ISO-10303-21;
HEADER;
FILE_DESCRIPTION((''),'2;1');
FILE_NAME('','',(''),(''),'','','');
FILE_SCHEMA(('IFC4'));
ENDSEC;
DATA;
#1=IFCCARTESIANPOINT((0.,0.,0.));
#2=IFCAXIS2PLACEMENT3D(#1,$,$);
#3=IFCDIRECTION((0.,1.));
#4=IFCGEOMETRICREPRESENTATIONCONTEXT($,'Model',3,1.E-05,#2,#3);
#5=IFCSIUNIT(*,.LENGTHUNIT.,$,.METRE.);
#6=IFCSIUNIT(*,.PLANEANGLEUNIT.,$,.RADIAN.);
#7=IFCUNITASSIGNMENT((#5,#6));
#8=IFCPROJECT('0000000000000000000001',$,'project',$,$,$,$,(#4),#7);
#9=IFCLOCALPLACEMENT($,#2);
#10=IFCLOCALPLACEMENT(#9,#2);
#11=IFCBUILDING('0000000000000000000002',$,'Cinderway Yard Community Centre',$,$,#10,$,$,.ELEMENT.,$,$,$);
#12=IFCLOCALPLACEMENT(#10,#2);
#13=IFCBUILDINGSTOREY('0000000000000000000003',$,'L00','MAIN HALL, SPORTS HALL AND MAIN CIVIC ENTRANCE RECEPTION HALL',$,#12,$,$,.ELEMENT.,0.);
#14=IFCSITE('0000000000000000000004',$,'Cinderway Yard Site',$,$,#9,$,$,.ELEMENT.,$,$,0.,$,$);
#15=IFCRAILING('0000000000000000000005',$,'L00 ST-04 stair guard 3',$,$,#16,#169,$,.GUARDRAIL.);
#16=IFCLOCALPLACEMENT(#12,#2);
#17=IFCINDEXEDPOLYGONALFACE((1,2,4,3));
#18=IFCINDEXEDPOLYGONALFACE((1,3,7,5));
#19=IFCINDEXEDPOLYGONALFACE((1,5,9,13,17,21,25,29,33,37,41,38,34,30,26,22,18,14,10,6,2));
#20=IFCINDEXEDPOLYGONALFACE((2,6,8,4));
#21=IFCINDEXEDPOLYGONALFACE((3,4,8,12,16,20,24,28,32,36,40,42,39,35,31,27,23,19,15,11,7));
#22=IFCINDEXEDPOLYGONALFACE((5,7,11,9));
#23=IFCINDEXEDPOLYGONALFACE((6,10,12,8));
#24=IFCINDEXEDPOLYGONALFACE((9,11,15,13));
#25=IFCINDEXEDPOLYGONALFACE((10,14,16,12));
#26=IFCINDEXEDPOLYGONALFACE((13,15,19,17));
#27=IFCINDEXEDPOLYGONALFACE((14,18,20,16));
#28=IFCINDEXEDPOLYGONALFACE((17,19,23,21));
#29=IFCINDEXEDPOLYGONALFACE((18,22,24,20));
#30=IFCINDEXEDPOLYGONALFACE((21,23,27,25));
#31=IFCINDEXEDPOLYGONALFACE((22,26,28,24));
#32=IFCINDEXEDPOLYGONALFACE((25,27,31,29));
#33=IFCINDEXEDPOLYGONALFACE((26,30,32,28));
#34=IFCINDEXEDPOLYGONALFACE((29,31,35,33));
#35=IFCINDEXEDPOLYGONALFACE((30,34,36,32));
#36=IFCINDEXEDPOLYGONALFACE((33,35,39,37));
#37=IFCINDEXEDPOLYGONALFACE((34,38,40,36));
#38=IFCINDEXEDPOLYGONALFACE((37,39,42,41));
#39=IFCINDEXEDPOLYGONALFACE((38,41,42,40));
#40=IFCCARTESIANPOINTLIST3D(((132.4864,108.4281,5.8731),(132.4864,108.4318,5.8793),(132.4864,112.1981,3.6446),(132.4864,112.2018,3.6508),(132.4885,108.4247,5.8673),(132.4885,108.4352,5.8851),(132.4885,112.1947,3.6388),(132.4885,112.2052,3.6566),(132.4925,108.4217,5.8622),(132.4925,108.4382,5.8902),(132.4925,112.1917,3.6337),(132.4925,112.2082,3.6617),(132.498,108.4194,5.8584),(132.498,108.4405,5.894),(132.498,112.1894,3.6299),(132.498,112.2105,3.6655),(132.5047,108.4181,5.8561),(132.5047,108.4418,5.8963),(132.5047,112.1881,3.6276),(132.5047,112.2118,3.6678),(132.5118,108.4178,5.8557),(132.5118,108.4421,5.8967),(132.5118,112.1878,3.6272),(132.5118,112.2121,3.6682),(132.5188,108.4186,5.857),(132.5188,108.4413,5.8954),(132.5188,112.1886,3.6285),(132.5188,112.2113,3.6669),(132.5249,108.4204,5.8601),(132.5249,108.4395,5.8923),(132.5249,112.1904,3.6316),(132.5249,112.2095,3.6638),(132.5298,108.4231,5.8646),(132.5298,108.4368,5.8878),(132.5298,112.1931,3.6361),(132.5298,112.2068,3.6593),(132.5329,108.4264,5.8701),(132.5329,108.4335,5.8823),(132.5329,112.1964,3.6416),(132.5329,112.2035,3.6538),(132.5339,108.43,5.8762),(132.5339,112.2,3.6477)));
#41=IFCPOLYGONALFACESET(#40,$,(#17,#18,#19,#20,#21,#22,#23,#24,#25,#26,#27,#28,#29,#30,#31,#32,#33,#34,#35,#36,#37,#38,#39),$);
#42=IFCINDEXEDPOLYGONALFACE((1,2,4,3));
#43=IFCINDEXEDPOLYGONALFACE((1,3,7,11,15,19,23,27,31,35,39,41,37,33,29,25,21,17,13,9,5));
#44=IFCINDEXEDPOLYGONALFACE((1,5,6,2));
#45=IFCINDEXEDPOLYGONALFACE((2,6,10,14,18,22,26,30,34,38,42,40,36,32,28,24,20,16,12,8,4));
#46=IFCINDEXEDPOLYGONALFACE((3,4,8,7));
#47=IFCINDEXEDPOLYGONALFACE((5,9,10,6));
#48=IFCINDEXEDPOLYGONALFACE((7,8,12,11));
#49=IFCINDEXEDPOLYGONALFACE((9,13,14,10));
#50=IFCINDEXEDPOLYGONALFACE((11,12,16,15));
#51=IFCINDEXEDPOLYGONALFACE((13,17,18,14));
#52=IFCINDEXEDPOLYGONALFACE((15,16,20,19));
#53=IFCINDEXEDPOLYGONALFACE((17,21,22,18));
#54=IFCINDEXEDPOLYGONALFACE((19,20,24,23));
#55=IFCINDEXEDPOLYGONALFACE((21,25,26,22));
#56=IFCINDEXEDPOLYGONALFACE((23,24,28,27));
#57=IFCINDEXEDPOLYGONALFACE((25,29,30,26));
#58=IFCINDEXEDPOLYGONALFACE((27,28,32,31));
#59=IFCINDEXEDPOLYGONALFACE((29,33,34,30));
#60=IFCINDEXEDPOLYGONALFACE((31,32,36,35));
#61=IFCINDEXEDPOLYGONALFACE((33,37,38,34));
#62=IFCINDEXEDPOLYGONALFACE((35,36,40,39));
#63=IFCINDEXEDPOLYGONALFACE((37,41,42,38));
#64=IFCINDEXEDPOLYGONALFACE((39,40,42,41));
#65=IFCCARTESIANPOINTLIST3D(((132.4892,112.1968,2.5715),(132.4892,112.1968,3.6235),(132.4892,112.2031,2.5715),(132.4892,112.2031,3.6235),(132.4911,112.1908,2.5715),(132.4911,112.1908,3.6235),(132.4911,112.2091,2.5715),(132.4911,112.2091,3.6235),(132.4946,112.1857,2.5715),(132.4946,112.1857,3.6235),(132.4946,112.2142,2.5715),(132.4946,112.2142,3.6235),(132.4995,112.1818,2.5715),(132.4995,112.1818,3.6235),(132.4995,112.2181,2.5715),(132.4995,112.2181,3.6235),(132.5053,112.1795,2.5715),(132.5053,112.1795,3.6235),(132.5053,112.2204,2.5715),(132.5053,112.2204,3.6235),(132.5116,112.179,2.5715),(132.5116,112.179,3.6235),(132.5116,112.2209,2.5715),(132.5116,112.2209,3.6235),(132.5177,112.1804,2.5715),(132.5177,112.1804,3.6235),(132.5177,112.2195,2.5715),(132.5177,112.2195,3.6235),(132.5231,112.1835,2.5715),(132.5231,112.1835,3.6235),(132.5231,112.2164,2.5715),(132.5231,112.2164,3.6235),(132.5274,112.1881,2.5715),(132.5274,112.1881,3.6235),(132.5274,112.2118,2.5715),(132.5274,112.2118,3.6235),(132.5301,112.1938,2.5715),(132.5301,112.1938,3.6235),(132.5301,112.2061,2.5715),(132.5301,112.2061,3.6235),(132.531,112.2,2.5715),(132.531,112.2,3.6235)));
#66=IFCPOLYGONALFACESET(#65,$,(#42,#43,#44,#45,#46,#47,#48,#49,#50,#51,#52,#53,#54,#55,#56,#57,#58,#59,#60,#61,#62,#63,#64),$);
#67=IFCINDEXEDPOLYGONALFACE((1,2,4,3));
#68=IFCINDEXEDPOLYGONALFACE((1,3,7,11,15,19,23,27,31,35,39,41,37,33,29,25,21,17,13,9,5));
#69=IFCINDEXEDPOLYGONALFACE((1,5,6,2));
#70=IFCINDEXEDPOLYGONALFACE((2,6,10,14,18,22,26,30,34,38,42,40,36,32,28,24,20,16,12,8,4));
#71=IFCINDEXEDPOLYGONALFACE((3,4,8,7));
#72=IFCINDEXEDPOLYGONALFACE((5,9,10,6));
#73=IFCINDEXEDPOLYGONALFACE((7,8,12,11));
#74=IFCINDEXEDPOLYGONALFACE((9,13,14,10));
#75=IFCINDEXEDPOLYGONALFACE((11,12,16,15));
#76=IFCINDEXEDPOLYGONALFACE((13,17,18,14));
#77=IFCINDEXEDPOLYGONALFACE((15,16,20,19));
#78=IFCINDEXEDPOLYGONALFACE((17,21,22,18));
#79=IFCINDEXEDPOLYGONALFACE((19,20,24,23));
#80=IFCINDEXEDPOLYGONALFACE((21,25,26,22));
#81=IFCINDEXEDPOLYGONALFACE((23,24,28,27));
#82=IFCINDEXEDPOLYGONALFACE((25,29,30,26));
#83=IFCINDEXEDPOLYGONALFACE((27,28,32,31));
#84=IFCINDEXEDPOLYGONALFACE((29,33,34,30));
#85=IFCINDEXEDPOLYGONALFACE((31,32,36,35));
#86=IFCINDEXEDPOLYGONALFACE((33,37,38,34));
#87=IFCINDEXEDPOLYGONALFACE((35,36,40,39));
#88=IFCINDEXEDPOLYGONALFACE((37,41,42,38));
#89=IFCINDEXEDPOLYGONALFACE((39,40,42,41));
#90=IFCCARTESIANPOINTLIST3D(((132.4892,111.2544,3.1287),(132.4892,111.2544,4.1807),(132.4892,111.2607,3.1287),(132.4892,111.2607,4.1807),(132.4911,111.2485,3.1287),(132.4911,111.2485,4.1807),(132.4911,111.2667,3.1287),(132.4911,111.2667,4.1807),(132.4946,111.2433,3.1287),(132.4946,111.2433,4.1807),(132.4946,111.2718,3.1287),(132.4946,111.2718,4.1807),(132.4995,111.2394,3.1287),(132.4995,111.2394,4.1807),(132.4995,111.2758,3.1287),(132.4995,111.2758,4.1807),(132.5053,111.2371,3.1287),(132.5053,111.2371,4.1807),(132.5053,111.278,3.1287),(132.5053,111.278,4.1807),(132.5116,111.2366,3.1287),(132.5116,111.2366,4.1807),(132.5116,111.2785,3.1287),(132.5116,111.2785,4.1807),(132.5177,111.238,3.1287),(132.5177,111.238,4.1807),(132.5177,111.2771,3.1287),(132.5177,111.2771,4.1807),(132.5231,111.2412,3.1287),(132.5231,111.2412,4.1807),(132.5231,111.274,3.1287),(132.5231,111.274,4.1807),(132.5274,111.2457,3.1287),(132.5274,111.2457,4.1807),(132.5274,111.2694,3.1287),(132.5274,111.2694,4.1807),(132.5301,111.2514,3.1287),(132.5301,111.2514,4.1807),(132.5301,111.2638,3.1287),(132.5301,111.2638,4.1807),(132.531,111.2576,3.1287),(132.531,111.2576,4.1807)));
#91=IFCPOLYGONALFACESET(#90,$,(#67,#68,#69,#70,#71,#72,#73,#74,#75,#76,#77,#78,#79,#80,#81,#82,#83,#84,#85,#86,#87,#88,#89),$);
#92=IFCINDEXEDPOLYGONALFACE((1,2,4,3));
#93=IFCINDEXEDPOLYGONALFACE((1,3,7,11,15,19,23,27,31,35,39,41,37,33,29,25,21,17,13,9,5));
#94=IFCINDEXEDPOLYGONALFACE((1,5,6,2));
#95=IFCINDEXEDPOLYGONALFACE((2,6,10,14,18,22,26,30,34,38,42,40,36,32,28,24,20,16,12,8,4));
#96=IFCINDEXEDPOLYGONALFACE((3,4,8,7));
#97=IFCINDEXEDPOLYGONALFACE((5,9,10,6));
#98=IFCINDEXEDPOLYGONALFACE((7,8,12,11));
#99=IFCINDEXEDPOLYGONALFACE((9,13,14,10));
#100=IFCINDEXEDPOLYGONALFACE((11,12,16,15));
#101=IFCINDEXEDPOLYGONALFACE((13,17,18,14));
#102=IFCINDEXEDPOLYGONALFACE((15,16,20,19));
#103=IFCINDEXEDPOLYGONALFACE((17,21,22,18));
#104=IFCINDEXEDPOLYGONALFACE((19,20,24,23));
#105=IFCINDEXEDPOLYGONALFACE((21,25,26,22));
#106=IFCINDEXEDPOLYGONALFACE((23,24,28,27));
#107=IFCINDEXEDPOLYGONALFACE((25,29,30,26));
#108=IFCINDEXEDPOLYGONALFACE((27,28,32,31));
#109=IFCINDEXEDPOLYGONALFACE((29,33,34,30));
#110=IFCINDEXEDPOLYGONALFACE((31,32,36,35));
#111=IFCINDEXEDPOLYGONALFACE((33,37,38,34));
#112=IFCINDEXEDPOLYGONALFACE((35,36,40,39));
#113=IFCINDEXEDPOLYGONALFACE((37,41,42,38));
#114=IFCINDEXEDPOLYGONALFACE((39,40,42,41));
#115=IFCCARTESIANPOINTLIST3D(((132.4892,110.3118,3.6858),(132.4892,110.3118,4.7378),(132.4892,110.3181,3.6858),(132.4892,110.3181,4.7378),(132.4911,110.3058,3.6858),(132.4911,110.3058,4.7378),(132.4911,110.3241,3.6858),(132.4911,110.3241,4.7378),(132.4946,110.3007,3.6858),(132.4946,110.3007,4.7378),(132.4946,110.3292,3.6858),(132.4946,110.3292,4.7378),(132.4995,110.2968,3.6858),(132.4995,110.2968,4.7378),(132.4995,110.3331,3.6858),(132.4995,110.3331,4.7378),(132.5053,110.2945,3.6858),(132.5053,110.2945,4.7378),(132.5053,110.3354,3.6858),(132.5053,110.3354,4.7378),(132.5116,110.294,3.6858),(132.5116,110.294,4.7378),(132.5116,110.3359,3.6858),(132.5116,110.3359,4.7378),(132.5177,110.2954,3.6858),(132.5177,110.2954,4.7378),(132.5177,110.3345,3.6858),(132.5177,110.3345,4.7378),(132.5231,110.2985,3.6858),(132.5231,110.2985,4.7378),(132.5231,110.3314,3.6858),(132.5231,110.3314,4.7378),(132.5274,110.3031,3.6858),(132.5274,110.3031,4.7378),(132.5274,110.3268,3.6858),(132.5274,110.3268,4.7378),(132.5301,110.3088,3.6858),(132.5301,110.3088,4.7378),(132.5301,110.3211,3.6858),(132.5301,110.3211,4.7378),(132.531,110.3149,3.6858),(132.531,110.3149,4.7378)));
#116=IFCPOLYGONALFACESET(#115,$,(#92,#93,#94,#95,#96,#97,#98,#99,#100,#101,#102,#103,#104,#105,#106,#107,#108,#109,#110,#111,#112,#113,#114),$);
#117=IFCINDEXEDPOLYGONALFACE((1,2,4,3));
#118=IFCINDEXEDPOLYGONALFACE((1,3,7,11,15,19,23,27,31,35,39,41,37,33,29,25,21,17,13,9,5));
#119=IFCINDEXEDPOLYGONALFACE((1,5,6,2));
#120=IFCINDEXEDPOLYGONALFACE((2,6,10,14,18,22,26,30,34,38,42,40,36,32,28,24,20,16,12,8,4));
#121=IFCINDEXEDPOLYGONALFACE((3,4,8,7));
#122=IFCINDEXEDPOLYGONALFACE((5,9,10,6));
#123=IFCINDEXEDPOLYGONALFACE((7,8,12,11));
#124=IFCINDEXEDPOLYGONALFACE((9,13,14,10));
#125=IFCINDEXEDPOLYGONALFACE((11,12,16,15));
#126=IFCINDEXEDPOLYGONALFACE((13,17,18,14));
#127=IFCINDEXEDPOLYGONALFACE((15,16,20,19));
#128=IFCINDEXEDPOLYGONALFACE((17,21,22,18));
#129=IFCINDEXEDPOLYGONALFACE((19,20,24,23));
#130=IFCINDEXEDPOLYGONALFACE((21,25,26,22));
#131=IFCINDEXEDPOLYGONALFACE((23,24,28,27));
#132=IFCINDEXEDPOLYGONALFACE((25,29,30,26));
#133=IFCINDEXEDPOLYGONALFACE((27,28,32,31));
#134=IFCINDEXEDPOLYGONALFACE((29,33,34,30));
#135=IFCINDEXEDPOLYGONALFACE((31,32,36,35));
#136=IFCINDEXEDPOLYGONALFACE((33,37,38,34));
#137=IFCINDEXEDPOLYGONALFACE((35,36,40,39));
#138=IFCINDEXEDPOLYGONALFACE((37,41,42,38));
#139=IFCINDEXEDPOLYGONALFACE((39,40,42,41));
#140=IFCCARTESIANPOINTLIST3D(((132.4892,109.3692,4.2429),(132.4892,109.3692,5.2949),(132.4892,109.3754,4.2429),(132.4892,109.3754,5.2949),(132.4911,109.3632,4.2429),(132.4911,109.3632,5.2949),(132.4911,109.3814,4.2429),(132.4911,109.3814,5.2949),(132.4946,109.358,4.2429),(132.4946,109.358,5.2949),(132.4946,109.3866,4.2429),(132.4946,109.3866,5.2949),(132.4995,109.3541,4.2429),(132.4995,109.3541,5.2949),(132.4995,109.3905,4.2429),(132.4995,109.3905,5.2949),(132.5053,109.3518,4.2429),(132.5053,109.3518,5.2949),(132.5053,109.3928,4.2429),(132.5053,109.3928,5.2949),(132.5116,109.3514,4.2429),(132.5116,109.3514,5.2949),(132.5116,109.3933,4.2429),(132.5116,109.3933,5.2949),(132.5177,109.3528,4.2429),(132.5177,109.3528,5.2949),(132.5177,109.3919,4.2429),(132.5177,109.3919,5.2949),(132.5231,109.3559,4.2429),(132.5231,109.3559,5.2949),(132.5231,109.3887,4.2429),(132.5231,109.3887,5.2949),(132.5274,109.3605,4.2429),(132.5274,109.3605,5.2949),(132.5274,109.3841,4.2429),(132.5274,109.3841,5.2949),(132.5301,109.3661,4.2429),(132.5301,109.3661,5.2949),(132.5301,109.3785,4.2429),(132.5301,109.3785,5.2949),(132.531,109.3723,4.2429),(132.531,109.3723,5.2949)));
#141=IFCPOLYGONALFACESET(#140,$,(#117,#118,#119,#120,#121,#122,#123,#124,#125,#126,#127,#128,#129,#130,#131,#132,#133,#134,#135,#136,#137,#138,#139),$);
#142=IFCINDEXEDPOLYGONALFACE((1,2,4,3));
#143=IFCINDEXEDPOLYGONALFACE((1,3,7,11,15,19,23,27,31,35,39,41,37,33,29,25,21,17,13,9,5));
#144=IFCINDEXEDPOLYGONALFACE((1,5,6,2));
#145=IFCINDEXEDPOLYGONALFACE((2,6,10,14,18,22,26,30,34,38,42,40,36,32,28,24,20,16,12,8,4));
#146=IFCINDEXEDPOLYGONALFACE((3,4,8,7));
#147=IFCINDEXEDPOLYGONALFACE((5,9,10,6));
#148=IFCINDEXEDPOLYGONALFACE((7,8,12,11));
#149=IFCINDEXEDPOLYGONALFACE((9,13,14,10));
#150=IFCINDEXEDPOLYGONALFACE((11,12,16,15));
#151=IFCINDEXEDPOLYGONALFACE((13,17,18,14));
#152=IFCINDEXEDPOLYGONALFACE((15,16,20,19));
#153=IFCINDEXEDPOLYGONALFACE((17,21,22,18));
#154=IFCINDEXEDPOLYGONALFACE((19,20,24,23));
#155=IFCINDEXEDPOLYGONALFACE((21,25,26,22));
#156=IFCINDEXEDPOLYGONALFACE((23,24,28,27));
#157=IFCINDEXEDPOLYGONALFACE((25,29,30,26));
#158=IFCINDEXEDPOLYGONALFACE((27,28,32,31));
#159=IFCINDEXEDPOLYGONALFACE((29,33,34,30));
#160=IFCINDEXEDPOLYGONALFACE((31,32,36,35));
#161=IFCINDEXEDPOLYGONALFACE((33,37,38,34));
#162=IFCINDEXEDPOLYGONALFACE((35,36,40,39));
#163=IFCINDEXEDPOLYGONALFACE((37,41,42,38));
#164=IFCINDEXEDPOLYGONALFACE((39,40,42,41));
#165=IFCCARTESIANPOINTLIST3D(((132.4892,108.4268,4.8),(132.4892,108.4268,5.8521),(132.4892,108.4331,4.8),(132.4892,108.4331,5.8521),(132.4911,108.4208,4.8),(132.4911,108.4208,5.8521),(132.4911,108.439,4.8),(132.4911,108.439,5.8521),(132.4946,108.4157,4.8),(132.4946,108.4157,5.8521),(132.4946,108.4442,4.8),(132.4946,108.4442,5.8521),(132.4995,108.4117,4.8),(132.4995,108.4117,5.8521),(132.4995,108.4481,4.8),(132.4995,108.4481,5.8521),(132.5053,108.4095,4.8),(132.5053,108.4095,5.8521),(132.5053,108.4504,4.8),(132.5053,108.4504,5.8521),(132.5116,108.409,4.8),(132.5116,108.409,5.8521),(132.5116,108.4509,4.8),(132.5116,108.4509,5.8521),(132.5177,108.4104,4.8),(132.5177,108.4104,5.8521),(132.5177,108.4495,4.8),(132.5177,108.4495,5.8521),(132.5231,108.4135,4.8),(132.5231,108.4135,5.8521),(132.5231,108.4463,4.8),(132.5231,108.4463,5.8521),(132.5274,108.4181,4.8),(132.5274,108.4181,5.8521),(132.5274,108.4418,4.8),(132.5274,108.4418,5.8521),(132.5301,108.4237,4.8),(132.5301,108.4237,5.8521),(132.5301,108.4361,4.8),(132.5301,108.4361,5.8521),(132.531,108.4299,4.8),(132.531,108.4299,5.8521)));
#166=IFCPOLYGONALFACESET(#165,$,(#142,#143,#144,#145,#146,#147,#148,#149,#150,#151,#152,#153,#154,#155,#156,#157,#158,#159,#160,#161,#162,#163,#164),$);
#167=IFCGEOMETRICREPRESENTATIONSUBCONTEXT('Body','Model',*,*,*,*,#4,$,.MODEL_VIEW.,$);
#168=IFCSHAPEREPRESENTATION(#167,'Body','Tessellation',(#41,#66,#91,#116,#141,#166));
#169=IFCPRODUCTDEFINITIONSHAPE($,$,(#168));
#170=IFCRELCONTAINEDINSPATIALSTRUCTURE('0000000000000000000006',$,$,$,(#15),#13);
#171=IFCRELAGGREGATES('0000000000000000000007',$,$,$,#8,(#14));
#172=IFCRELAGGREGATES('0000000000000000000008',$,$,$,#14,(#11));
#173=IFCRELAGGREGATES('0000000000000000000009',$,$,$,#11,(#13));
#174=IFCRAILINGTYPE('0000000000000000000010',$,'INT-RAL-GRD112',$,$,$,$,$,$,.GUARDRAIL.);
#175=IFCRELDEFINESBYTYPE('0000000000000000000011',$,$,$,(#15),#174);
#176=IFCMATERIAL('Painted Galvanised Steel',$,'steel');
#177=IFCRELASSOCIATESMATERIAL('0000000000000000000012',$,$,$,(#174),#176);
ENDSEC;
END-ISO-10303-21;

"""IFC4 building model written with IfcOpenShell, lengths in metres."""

from ifc_helpers import new_model, si_unit, direction, frame, origin, origin_2d, place, context, subcontext, project, spatial, circle, extrude, material, type_object, element, save


model = new_model("IFC4")

# Units and contexts
model_context = context("Model", 3, precision=1e-05, world=origin(), true_north=direction((0.0, 1.0)))
body_context = subcontext(model_context, "Body", "Model", "MODEL_VIEW")
ifc_project = project(units=[si_unit("LENGTHUNIT", "METRE"), si_unit("PLANEANGLEUNIT", "RADIAN")], contexts=[model_context])

# Site, building, storey
site_placement = place(None, origin())
site = spatial("IfcSite", under=ifc_project, at=site_placement, Name="Cinderway Yard Site", CompositionType="ELEMENT", RefElevation=0.0)
building_placement = place(site_placement, origin())
building = spatial("IfcBuilding", under=site, at=building_placement, Name="Cinderway Yard Community Centre", CompositionType="ELEMENT")
storey_placement = place(building_placement, origin())
storey = spatial("IfcBuildingStorey", under=building, at=storey_placement, Name="L00", Description="MAIN HALL, SPORTS HALL AND MAIN CIVIC ENTRANCE RECEPTION HALL", CompositionType="ELEMENT", Elevation=0.0)

# Railing
ifc_material_1 = material(Name="Painted Galvanised Steel", Category="steel")
railing_type_1 = type_object("IfcRailingType", Name="INT-RAL-GRD112", PredefinedType="GUARDRAIL", material=ifc_material_1)
railing_1_placement = place(storey_placement, frame((132.51, 112.2, 2.5715)))
element("IfcRailing", 1, at=railing_1_placement, inside=storey, type_object=railing_type_1, Name="L00 ST-04 stair guard 3", PredefinedType="GUARDRAIL", context=body_context, shape_type="SweptSolid", body=[
    extrude(circle(Radius=0.0239, at=origin_2d()), frame((0.0, 0.0, 1.0762), z_axis=(0.0, -0.860849, 0.508861), x_axis=(1.0, 0.0, 0.0)), (0.0, 0.0, 1.0), 4.3794),
    extrude(circle(Radius=0.021, at=origin_2d()), origin(), (0.0, 0.0, 1.0), 1.052),
    extrude(circle(Radius=0.021, at=origin_2d()), frame((0.0, -0.9424, 0.5571)), (0.0, 0.0, 1.0), 1.052),
    extrude(circle(Radius=0.021, at=origin_2d()), frame((0.0, -1.885, 1.1143)), (0.0, 0.0, 1.0), 1.052),
    extrude(circle(Radius=0.021, at=origin_2d()), frame((0.0, -2.8276, 1.6714)), (0.0, 0.0, 1.0), 1.052),
    extrude(circle(Radius=0.021, at=origin_2d()), frame((0.0, -3.77, 2.2285)), (0.0, 0.0, 1.0), 1.052),
])

save(model, "model.ifc")
